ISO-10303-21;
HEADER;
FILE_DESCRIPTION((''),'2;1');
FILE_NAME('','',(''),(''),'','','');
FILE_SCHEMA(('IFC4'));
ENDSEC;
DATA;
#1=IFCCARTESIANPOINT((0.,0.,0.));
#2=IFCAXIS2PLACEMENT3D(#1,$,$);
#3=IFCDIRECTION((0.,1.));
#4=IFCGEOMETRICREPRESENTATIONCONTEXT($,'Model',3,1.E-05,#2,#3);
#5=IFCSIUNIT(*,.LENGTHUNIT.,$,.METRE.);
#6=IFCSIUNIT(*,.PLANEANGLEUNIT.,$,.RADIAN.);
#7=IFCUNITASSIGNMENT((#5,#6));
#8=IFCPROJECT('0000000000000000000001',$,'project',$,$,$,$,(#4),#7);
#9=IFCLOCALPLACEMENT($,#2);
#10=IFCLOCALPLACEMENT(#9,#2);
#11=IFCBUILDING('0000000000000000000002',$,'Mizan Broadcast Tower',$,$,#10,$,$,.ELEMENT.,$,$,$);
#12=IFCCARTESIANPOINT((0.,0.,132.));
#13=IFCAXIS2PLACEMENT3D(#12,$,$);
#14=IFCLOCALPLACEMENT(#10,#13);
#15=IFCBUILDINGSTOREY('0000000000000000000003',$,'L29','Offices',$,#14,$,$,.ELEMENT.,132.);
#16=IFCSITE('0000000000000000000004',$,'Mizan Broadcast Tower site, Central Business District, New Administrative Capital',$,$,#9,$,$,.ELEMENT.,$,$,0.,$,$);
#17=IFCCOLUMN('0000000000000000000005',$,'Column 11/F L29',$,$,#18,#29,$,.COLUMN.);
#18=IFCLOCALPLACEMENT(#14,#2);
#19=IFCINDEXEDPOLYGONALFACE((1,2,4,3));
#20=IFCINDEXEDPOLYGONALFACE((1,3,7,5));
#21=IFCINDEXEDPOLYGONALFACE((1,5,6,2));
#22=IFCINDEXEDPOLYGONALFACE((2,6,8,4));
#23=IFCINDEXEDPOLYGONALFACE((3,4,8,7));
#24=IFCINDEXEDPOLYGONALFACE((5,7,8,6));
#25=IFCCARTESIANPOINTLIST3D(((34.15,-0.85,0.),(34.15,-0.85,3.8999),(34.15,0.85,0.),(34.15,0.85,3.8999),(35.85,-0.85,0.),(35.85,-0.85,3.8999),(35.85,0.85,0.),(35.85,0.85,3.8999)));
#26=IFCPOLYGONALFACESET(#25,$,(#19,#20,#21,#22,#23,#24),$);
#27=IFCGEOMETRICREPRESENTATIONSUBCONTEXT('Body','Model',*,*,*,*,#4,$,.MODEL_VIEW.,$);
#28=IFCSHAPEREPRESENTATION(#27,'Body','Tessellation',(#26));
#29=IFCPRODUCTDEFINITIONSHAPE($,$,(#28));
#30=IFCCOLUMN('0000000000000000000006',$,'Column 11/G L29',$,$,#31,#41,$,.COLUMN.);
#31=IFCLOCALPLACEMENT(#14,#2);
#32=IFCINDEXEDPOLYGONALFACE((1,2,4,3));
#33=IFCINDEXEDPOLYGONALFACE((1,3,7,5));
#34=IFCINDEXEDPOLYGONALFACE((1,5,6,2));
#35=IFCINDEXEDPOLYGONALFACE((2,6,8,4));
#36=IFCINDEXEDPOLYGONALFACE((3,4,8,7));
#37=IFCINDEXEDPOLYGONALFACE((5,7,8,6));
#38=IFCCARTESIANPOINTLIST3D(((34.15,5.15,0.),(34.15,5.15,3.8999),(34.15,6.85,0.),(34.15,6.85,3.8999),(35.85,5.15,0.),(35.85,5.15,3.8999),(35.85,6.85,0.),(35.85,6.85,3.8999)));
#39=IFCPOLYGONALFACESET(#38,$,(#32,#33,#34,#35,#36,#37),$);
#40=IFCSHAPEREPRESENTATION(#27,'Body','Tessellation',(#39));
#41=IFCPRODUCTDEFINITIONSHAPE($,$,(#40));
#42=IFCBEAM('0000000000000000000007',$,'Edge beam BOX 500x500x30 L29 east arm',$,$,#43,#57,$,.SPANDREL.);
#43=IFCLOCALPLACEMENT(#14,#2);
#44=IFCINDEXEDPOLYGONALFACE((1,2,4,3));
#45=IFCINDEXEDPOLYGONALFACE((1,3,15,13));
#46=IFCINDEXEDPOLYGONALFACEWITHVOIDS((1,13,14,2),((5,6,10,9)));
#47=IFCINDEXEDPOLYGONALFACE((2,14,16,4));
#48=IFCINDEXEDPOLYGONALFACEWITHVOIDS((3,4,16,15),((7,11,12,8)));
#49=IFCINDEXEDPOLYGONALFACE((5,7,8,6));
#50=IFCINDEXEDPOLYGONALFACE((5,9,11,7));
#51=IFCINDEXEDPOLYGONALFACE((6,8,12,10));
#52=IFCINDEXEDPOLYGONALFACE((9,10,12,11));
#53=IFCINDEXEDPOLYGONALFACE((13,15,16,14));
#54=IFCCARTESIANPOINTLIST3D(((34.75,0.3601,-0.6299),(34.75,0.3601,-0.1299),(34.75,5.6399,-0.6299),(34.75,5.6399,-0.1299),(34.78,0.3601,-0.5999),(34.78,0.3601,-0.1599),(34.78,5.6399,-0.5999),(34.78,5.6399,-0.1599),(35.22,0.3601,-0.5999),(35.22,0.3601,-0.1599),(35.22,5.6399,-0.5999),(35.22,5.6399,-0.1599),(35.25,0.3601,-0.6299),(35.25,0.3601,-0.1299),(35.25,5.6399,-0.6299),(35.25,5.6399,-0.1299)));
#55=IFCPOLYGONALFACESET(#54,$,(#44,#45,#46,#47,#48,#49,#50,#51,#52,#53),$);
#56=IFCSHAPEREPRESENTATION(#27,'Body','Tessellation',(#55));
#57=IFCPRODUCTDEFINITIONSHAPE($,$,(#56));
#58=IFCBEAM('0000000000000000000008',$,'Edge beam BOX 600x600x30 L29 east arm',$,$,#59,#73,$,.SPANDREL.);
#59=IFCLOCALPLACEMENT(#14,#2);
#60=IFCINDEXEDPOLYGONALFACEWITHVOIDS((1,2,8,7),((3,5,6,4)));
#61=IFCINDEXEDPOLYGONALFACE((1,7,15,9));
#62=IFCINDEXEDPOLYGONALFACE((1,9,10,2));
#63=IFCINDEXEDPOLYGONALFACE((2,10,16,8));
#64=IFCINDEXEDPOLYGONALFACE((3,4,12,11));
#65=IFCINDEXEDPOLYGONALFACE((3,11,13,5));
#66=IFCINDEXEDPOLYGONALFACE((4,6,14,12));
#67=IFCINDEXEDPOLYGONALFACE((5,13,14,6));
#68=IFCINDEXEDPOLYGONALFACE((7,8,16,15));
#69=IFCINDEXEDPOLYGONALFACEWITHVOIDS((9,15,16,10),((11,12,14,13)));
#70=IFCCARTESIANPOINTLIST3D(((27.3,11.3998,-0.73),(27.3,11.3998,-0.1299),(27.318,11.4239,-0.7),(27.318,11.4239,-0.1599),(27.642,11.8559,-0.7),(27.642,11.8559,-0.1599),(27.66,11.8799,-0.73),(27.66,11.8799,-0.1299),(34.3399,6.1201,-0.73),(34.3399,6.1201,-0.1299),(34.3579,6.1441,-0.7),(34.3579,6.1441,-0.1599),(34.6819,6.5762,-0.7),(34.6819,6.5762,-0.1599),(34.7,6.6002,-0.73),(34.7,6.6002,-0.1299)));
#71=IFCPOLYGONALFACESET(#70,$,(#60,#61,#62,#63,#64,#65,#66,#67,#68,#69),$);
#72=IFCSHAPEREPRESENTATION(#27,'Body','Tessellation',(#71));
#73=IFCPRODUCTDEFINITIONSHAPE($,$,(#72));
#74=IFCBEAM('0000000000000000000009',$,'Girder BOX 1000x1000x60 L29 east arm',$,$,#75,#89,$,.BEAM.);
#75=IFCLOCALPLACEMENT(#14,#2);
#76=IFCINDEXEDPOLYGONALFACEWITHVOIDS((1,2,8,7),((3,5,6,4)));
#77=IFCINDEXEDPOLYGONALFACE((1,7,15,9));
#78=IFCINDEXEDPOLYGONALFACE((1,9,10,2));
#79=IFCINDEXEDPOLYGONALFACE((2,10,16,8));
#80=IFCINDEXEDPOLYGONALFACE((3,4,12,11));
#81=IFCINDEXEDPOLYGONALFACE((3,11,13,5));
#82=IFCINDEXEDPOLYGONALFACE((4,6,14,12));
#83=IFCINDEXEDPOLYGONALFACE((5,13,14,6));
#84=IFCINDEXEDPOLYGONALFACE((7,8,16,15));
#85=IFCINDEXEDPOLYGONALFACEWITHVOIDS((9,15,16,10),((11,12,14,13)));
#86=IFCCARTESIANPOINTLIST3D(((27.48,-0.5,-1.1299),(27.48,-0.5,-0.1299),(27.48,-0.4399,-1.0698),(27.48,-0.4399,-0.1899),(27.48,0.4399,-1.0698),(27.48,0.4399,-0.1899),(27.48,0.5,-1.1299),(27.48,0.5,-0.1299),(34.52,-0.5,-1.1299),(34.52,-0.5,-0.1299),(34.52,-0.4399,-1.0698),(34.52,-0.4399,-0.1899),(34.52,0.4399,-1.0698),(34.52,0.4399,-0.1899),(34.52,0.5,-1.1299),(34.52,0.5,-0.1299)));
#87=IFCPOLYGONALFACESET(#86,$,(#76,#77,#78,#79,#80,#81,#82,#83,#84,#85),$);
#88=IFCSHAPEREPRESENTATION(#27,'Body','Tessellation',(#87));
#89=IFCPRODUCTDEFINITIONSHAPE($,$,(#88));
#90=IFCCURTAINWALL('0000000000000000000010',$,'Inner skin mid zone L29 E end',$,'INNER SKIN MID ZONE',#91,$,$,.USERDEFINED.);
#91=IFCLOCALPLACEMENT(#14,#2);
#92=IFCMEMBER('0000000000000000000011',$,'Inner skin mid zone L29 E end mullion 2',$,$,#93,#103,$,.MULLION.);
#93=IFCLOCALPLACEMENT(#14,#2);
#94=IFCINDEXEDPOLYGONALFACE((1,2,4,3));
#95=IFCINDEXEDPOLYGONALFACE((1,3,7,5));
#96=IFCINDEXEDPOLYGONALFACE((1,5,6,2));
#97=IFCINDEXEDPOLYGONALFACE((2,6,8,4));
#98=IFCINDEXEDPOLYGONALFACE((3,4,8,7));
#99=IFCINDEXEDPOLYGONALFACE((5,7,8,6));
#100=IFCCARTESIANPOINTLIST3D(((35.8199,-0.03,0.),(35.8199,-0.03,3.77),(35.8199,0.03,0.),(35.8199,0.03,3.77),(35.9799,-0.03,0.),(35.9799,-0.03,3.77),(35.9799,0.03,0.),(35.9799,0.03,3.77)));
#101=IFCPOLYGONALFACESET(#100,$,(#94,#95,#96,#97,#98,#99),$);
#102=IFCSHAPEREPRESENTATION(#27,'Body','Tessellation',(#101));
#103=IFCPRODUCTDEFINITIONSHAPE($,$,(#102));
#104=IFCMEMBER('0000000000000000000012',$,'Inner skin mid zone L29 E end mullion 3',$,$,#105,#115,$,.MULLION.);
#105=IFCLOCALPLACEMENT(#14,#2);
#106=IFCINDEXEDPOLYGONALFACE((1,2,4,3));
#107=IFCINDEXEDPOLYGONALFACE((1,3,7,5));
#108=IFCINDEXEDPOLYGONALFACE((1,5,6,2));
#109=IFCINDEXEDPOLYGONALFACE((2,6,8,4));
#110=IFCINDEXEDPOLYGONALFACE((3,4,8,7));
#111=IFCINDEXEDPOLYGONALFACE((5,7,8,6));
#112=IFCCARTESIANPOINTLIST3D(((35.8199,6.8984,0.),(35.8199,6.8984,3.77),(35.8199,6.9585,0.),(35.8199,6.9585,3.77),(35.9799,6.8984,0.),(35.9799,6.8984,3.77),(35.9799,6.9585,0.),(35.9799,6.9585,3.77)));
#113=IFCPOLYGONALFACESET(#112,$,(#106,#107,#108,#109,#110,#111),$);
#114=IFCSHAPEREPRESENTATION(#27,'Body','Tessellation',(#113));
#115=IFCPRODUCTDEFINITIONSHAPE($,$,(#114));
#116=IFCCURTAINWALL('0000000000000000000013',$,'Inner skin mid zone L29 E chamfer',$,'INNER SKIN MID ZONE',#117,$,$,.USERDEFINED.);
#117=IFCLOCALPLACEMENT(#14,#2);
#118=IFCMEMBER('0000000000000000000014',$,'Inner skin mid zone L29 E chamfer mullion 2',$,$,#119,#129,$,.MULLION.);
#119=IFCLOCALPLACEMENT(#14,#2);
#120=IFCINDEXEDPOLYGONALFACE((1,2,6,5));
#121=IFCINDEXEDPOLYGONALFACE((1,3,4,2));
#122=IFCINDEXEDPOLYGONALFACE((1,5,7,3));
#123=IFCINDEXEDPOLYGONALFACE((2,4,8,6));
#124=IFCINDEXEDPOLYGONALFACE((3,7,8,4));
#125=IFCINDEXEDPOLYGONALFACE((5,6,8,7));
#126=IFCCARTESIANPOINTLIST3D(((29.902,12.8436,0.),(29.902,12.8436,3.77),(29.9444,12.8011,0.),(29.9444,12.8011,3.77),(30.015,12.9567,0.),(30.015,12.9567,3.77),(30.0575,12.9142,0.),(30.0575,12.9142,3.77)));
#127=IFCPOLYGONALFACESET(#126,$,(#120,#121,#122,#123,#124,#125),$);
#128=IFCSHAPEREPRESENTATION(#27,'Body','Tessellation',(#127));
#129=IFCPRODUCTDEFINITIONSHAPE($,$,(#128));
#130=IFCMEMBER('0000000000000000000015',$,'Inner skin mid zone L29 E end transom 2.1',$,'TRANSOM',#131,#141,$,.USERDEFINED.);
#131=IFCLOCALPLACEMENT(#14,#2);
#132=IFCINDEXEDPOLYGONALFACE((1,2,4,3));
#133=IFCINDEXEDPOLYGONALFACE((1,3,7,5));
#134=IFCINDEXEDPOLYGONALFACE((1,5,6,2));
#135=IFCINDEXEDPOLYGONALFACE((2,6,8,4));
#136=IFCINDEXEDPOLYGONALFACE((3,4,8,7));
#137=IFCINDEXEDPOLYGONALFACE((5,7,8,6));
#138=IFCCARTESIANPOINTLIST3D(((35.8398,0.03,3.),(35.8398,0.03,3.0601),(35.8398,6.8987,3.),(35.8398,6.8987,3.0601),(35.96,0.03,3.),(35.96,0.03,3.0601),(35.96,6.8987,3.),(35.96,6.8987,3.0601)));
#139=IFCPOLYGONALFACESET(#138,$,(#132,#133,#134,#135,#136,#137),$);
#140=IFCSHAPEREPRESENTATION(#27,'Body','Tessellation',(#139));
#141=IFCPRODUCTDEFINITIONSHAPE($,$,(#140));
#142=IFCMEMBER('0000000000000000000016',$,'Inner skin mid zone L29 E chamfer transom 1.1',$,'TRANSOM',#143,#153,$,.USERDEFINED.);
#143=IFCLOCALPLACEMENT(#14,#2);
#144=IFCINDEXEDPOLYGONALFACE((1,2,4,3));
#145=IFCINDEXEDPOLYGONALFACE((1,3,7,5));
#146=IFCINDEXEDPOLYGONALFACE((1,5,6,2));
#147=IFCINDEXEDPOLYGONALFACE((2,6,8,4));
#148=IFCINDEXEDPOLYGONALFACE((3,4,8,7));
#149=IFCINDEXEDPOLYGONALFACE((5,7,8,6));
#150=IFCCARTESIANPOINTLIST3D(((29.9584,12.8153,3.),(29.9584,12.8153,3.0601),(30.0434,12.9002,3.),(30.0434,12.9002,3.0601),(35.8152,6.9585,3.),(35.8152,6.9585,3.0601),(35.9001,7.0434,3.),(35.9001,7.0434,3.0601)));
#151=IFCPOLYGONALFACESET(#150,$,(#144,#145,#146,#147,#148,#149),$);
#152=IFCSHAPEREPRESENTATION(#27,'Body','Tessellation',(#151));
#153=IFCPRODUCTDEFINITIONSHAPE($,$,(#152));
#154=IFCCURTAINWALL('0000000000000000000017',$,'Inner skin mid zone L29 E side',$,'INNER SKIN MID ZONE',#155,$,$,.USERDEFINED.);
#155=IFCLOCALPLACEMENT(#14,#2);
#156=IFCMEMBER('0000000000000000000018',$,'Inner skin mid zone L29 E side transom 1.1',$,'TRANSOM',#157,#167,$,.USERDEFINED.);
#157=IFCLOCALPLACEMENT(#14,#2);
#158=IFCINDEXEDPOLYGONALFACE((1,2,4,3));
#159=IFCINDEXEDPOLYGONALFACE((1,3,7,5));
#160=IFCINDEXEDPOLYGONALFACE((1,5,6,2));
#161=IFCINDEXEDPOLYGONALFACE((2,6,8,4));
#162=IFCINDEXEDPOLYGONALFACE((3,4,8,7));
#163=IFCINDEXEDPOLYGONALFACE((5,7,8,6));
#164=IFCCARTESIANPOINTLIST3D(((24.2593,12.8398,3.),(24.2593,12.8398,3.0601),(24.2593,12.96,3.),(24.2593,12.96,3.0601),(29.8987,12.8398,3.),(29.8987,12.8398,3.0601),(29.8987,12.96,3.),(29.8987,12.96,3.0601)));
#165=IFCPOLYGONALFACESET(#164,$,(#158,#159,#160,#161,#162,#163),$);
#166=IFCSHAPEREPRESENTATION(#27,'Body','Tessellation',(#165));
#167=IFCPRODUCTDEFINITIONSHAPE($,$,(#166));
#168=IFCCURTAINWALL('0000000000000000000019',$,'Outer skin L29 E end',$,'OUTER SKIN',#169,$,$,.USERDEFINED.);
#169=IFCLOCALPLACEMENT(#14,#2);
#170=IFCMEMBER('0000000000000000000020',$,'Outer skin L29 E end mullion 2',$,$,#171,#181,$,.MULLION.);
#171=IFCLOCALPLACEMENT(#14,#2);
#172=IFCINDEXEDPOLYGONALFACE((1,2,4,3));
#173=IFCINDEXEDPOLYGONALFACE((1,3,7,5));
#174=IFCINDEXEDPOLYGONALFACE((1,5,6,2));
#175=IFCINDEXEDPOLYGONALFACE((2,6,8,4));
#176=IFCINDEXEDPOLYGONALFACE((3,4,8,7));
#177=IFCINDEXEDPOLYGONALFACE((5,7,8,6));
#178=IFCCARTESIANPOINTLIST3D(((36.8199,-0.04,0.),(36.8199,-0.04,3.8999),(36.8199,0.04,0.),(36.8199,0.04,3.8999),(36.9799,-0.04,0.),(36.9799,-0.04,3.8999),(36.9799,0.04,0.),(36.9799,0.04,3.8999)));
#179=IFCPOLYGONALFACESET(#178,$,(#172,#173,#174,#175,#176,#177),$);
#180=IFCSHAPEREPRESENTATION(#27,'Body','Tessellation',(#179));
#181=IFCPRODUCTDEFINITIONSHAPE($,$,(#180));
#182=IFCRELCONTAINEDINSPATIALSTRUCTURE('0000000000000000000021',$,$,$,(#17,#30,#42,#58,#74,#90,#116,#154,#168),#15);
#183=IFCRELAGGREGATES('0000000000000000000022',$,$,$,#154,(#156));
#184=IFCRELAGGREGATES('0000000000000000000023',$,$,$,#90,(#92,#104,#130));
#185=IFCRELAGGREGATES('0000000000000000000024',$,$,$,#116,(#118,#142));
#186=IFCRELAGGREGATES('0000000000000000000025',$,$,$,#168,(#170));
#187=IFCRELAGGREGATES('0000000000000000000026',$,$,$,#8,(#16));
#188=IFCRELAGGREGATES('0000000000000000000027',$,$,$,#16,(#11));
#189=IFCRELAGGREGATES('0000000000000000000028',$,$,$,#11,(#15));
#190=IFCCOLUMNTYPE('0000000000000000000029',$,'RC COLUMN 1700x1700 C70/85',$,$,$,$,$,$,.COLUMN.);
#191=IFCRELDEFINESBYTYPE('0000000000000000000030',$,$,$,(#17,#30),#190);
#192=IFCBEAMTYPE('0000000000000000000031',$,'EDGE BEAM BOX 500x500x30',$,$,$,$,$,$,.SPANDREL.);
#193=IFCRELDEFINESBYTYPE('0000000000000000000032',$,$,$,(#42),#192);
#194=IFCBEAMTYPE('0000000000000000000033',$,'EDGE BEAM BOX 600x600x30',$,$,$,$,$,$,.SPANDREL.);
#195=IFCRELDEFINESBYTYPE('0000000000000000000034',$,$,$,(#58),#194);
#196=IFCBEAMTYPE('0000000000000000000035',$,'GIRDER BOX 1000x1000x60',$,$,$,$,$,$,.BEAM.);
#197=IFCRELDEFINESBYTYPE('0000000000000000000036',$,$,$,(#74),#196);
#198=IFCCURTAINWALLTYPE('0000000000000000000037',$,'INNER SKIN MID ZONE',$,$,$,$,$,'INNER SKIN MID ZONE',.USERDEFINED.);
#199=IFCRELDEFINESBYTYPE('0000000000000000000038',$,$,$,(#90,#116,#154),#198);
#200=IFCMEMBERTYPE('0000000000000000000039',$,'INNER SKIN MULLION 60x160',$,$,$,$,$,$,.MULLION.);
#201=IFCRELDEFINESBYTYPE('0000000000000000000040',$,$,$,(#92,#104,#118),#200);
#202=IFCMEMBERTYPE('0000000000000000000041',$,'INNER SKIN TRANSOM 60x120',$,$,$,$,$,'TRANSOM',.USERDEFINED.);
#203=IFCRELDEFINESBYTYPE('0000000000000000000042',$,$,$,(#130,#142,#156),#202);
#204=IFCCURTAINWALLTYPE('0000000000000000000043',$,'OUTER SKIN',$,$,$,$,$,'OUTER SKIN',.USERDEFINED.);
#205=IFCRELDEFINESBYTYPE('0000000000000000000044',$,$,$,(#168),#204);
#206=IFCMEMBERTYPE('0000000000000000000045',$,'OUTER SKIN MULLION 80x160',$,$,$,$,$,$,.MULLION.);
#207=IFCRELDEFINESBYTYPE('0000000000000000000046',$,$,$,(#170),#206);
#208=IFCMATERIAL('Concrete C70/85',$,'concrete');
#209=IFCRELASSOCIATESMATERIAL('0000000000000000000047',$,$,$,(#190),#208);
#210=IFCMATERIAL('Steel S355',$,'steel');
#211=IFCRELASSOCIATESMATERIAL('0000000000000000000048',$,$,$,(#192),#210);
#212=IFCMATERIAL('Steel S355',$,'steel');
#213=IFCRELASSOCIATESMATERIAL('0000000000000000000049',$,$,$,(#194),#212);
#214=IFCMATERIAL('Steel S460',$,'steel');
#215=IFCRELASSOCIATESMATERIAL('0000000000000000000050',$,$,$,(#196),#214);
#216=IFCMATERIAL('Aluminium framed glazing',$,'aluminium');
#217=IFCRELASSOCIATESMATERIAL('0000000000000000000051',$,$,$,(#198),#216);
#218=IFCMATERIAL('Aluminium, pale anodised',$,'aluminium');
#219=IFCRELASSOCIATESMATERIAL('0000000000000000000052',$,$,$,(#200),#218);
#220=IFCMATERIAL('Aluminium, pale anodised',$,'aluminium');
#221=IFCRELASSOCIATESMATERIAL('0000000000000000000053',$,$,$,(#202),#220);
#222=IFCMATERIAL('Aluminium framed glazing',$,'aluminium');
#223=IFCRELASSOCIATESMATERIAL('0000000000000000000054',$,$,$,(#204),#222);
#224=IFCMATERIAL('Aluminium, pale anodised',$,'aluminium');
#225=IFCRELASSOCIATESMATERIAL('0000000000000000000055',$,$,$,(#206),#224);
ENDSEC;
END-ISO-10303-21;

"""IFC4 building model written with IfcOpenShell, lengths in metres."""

from ifc_helpers import new_model, si_unit, direction, frame, origin, origin_2d, place, context, subcontext, project, spatial, rectangle, hollow_rectangle, extrude, material, material_profile, profile_set, type_object, element, aggregate, save


model = new_model("IFC4")

# Units and contexts
model_context = context("Model", 3, precision=1e-05, world=origin(), true_north=direction((0.0, 1.0)))
body_context = subcontext(model_context, "Body", "Model", "MODEL_VIEW")
ifc_project = project(units=[si_unit("LENGTHUNIT", "METRE"), si_unit("PLANEANGLEUNIT", "RADIAN")], contexts=[model_context])

# Site, building, storey
site_placement = place(None, origin())
site = spatial("IfcSite", under=ifc_project, at=site_placement, Name="Mizan Broadcast Tower site, Central Business District, New Administrative Capital", CompositionType="ELEMENT", RefElevation=0.0)
building_placement = place(site_placement, origin())
building = spatial("IfcBuilding", under=site, at=building_placement, Name="Mizan Broadcast Tower", CompositionType="ELEMENT")
storey_placement = place(building_placement, frame((0.0, 0.0, 132.0)))
storey = spatial("IfcBuildingStorey", under=building, at=storey_placement, Name="L29", Description="Offices", CompositionType="ELEMENT", Elevation=132.0)

# Columns
ifc_material_1 = material(Name="Concrete C70/85", Category="concrete")
ifc_material_profile_1 = material_profile(ifc_material_1, rectangle(XDim=1.7, YDim=1.7, at=origin_2d()), Name="RC 1700x1700")
ifc_profile_set_1 = profile_set([ifc_material_profile_1], Name="Concrete C70/85")
column_type = type_object("IfcColumnType", Name="RC COLUMN 1700x1700 C70/85", PredefinedType="COLUMN", material=ifc_profile_set_1)
for number, where, z_axis, x_axis, name in (
    (1, (35.0, 0.0, 0.0), (0.0, 0.0, 1.0), (1.0, 0.0, 0.0), "Column 11/F L29"),
    (2, (35.0, 6.0, 0.0), (0.0, 0.0, 1.0), (1.0, 0.0, 0.0), "Column 11/G L29"),
):
    element("IfcColumn", number, at=place(storey_placement, frame(where, z_axis=z_axis, x_axis=x_axis)), inside=storey, type_object=column_type, Name=name, PredefinedType="COLUMN", context=body_context, shape_type="SweptSolid", body=[
        extrude(rectangle(XDim=1.7, YDim=1.7, at=origin_2d()), origin(), (0.0, 0.0, 1.0), 3.8999),
    ])

# Beams
ifc_material_2 = material(Name="Steel S355", Category="steel")
ifc_material_profile_2 = material_profile(ifc_material_2, hollow_rectangle(XDim=0.5, YDim=0.5, WallThickness=0.03, at=origin_2d()), Name="BOX 500x500x30")
ifc_profile_set_2 = profile_set([ifc_material_profile_2], Name="Steel S355")
beam_type_1 = type_object("IfcBeamType", Name="EDGE BEAM BOX 500x500x30", PredefinedType="SPANDREL", material=ifc_profile_set_2)
beam_1_placement = place(storey_placement, frame((35.0, 5.6399, -0.3799), z_axis=(0.0, -1.0, 0.0), x_axis=(1.0, 0.0, 0.0)))
element("IfcBeam", 3, at=beam_1_placement, inside=storey, type_object=beam_type_1, Name="Edge beam BOX 500x500x30 L29 east arm", PredefinedType="SPANDREL", context=body_context, shape_type="SweptSolid", body=[
    extrude(hollow_rectangle(XDim=0.5, YDim=0.5, WallThickness=0.03, at=origin_2d()), origin(), (0.0, 0.0, 1.0), 5.2798),
])
ifc_material_3 = material(Name="Steel S355", Category="steel")
ifc_material_profile_3 = material_profile(ifc_material_3, hollow_rectangle(XDim=0.6001, YDim=0.6001, WallThickness=0.03, at=origin_2d()), Name="BOX 600x600x30")
ifc_profile_set_3 = profile_set([ifc_material_profile_3], Name="Steel S355")
beam_type_2 = type_object("IfcBeamType", Name="EDGE BEAM BOX 600x600x30", PredefinedType="SPANDREL", material=ifc_profile_set_3)
beam_2_placement = place(storey_placement, frame((27.48, 11.6399, -0.4299), z_axis=(0.800013, -0.599982, 0.0), x_axis=(0.599982, 0.800013, 0.0)))
element("IfcBeam", 4, at=beam_2_placement, inside=storey, type_object=beam_type_2, Name="Edge beam BOX 600x600x30 L29 east arm", PredefinedType="SPANDREL", context=body_context, shape_type="SweptSolid", body=[
    extrude(hollow_rectangle(XDim=0.6001, YDim=0.6001, WallThickness=0.03, at=origin_2d()), origin(), (0.0, 0.0, 1.0), 8.7998),
])
ifc_material_4 = material(Name="Steel S460", Category="steel")
ifc_material_profile_4 = material_profile(ifc_material_4, hollow_rectangle(XDim=1.0, YDim=1.0, WallThickness=0.0601, at=origin_2d()), Name="BOX 1000x1000x60")
ifc_profile_set_4 = profile_set([ifc_material_profile_4], Name="Steel S460")
beam_type_3 = type_object("IfcBeamType", Name="GIRDER BOX 1000x1000x60", PredefinedType="BEAM", material=ifc_profile_set_4)
beam_3_placement = place(storey_placement, frame((27.48, 0.0, -0.6299), z_axis=(1.0, 0.0, 0.0), x_axis=(0.0, 1.0, 0.0)))
element("IfcBeam", 5, at=beam_3_placement, inside=storey, type_object=beam_type_3, Name="Girder BOX 1000x1000x60 L29 east arm", PredefinedType="BEAM", context=body_context, shape_type="SweptSolid", body=[
    extrude(hollow_rectangle(XDim=1.0, YDim=1.0, WallThickness=0.0601, at=origin_2d()), origin(), (0.0, 0.0, 1.0), 7.04),
])

# Curtain wall, members
ifc_material_5 = material(Name="Aluminium framed glazing", Category="aluminium")
curtain_wall_type_1 = type_object("IfcCurtainWallType", Name="INNER SKIN MID ZONE", ElementType="INNER SKIN MID ZONE", PredefinedType="USERDEFINED", material=ifc_material_5)
curtain_wall_1_placement = place(storey_placement, origin())
curtain_wall_1 = element("IfcCurtainWall", 6, at=curtain_wall_1_placement, inside=storey, type_object=curtain_wall_type_1, Name="Inner skin mid zone L29 E end", ObjectType="INNER SKIN MID ZONE", PredefinedType="USERDEFINED")
ifc_material_6 = material(Name="Aluminium, pale anodised", Category="aluminium")
ifc_material_profile_5 = material_profile(ifc_material_6, rectangle(XDim=0.1599, YDim=0.0601, at=origin_2d()), Name="MULLION 160x60")
ifc_profile_set_5 = profile_set([ifc_material_profile_5], Name="Aluminium, pale anodised")
member_type_1 = type_object("IfcMemberType", Name="INNER SKIN MULLION 60x160", PredefinedType="MULLION", material=ifc_profile_set_5)
member_1_placement = place(storey_placement, frame((35.8999, 0.0, 0.0), z_axis=(0.0, 0.0, 1.0), x_axis=(-1.0, 0.0, 0.0)))
member_1 = element("IfcMember", 7, at=member_1_placement, type_object=member_type_1, Name="Inner skin mid zone L29 E end mullion 2", PredefinedType="MULLION", context=body_context, shape_type="SweptSolid", body=[
    extrude(rectangle(XDim=0.1599, YDim=0.0601, at=origin_2d()), origin(), (0.0, 0.0, 1.0), 3.77),
])
member_2_placement = place(storey_placement, frame((35.8999, 6.9285, 0.0), z_axis=(0.0, 0.0, 1.0), x_axis=(-1.0, 0.0, 0.0)))
member_2 = element("IfcMember", 8, at=member_2_placement, type_object=member_type_1, Name="Inner skin mid zone L29 E end mullion 3", PredefinedType="MULLION", context=body_context, shape_type="SweptSolid", body=[
    extrude(rectangle(XDim=0.1599, YDim=0.0601, at=origin_2d()), origin(), (0.0, 0.0, 1.0), 3.77),
])

# Curtain wall, member
curtain_wall_2_placement = place(storey_placement, origin())
curtain_wall_2 = element("IfcCurtainWall", 9, at=curtain_wall_2_placement, inside=storey, type_object=curtain_wall_type_1, Name="Inner skin mid zone L29 E chamfer", ObjectType="INNER SKIN MID ZONE", PredefinedType="USERDEFINED")
member_3_placement = place(storey_placement, frame((29.9797, 12.8789, 0.0), z_axis=(0.0, 0.0, 1.0), x_axis=(-0.707107, -0.707107, 0.0)))
member_3 = element("IfcMember", 10, at=member_3_placement, type_object=member_type_1, Name="Inner skin mid zone L29 E chamfer mullion 2", PredefinedType="MULLION", context=body_context, shape_type="SweptSolid", body=[
    extrude(rectangle(XDim=0.1599, YDim=0.0601, at=origin_2d()), origin(), (0.0, 0.0, 1.0), 3.77),
])

# Members
ifc_material_7 = material(Name="Aluminium, pale anodised", Category="aluminium")
ifc_material_profile_6 = material_profile(ifc_material_7, rectangle(XDim=0.1201, YDim=0.0601, at=origin_2d()), Name="TRANSOM 120x60")
ifc_profile_set_6 = profile_set([ifc_material_profile_6], Name="Aluminium, pale anodised")
member_type_2 = type_object("IfcMemberType", Name="INNER SKIN TRANSOM 60x120", ElementType="TRANSOM", PredefinedType="USERDEFINED", material=ifc_profile_set_6)
member_4_placement = place(storey_placement, frame((35.8999, 0.03, 3.03), z_axis=(0.0, 1.0, 0.0), x_axis=(-1.0, 0.0, 0.0)))
member_4 = element("IfcMember", 11, at=member_4_placement, type_object=member_type_2, Name="Inner skin mid zone L29 E end transom 2.1", ObjectType="TRANSOM", PredefinedType="USERDEFINED", context=body_context, shape_type="SweptSolid", body=[
    extrude(rectangle(XDim=0.1201, YDim=0.0601, at=origin_2d()), origin(), (0.0, 0.0, 1.0), 6.8687),
])
member_5_placement = place(storey_placement, frame((35.8577, 7.001, 3.03), z_axis=(-0.707107, 0.707107, 0.0), x_axis=(-0.707107, -0.707107, 0.0)))
member_5 = element("IfcMember", 12, at=member_5_placement, type_object=member_type_2, Name="Inner skin mid zone L29 E chamfer transom 1.1", ObjectType="TRANSOM", PredefinedType="USERDEFINED", context=body_context, shape_type="SweptSolid", body=[
    extrude(rectangle(XDim=0.1201, YDim=0.0601, at=origin_2d()), origin(), (0.0, 0.0, 1.0), 8.2827),
])

# Curtain wall, member
curtain_wall_3_placement = place(storey_placement, origin())
curtain_wall_3 = element("IfcCurtainWall", 13, at=curtain_wall_3_placement, inside=storey, type_object=curtain_wall_type_1, Name="Inner skin mid zone L29 E side", ObjectType="INNER SKIN MID ZONE", PredefinedType="USERDEFINED")
member_6_placement = place(storey_placement, frame((29.8987, 12.8999, 3.03), z_axis=(-1.0, 0.0, 0.0), x_axis=(0.0, -1.0, 0.0)))
member_6 = element("IfcMember", 14, at=member_6_placement, type_object=member_type_2, Name="Inner skin mid zone L29 E side transom 1.1", ObjectType="TRANSOM", PredefinedType="USERDEFINED", context=body_context, shape_type="SweptSolid", body=[
    extrude(rectangle(XDim=0.1201, YDim=0.0601, at=origin_2d()), origin(), (0.0, 0.0, 1.0), 5.6394),
])
aggregate(curtain_wall_3, [member_6])

# Curtain wall, member
ifc_material_8 = material(Name="Aluminium framed glazing", Category="aluminium")
curtain_wall_type_2 = type_object("IfcCurtainWallType", Name="OUTER SKIN", ElementType="OUTER SKIN", PredefinedType="USERDEFINED", material=ifc_material_8)
curtain_wall_4_placement = place(storey_placement, origin())
curtain_wall_4 = element("IfcCurtainWall", 15, at=curtain_wall_4_placement, inside=storey, type_object=curtain_wall_type_2, Name="Outer skin L29 E end", ObjectType="OUTER SKIN", PredefinedType="USERDEFINED")
ifc_material_9 = material(Name="Aluminium, pale anodised", Category="aluminium")
ifc_material_profile_7 = material_profile(ifc_material_9, rectangle(XDim=0.1599, YDim=0.0801, at=origin_2d()), Name="MULLION 160x80")
ifc_profile_set_7 = profile_set([ifc_material_profile_7], Name="Aluminium, pale anodised")
member_type_3 = type_object("IfcMemberType", Name="OUTER SKIN MULLION 80x160", PredefinedType="MULLION", material=ifc_profile_set_7)
member_7_placement = place(storey_placement, frame((36.8999, 0.0, 0.0), z_axis=(0.0, 0.0, 1.0), x_axis=(-1.0, 0.0, 0.0)))
member_7 = element("IfcMember", 16, at=member_7_placement, type_object=member_type_3, Name="Outer skin L29 E end mullion 2", PredefinedType="MULLION", context=body_context, shape_type="SweptSolid", body=[
    extrude(rectangle(XDim=0.1599, YDim=0.0801, at=origin_2d()), origin(), (0.0, 0.0, 1.0), 3.8999),
])

aggregate(curtain_wall_1, [member_1, member_2, member_4])
aggregate(curtain_wall_2, [member_3, member_5])
aggregate(curtain_wall_4, [member_7])

save(model, "model.ifc")
